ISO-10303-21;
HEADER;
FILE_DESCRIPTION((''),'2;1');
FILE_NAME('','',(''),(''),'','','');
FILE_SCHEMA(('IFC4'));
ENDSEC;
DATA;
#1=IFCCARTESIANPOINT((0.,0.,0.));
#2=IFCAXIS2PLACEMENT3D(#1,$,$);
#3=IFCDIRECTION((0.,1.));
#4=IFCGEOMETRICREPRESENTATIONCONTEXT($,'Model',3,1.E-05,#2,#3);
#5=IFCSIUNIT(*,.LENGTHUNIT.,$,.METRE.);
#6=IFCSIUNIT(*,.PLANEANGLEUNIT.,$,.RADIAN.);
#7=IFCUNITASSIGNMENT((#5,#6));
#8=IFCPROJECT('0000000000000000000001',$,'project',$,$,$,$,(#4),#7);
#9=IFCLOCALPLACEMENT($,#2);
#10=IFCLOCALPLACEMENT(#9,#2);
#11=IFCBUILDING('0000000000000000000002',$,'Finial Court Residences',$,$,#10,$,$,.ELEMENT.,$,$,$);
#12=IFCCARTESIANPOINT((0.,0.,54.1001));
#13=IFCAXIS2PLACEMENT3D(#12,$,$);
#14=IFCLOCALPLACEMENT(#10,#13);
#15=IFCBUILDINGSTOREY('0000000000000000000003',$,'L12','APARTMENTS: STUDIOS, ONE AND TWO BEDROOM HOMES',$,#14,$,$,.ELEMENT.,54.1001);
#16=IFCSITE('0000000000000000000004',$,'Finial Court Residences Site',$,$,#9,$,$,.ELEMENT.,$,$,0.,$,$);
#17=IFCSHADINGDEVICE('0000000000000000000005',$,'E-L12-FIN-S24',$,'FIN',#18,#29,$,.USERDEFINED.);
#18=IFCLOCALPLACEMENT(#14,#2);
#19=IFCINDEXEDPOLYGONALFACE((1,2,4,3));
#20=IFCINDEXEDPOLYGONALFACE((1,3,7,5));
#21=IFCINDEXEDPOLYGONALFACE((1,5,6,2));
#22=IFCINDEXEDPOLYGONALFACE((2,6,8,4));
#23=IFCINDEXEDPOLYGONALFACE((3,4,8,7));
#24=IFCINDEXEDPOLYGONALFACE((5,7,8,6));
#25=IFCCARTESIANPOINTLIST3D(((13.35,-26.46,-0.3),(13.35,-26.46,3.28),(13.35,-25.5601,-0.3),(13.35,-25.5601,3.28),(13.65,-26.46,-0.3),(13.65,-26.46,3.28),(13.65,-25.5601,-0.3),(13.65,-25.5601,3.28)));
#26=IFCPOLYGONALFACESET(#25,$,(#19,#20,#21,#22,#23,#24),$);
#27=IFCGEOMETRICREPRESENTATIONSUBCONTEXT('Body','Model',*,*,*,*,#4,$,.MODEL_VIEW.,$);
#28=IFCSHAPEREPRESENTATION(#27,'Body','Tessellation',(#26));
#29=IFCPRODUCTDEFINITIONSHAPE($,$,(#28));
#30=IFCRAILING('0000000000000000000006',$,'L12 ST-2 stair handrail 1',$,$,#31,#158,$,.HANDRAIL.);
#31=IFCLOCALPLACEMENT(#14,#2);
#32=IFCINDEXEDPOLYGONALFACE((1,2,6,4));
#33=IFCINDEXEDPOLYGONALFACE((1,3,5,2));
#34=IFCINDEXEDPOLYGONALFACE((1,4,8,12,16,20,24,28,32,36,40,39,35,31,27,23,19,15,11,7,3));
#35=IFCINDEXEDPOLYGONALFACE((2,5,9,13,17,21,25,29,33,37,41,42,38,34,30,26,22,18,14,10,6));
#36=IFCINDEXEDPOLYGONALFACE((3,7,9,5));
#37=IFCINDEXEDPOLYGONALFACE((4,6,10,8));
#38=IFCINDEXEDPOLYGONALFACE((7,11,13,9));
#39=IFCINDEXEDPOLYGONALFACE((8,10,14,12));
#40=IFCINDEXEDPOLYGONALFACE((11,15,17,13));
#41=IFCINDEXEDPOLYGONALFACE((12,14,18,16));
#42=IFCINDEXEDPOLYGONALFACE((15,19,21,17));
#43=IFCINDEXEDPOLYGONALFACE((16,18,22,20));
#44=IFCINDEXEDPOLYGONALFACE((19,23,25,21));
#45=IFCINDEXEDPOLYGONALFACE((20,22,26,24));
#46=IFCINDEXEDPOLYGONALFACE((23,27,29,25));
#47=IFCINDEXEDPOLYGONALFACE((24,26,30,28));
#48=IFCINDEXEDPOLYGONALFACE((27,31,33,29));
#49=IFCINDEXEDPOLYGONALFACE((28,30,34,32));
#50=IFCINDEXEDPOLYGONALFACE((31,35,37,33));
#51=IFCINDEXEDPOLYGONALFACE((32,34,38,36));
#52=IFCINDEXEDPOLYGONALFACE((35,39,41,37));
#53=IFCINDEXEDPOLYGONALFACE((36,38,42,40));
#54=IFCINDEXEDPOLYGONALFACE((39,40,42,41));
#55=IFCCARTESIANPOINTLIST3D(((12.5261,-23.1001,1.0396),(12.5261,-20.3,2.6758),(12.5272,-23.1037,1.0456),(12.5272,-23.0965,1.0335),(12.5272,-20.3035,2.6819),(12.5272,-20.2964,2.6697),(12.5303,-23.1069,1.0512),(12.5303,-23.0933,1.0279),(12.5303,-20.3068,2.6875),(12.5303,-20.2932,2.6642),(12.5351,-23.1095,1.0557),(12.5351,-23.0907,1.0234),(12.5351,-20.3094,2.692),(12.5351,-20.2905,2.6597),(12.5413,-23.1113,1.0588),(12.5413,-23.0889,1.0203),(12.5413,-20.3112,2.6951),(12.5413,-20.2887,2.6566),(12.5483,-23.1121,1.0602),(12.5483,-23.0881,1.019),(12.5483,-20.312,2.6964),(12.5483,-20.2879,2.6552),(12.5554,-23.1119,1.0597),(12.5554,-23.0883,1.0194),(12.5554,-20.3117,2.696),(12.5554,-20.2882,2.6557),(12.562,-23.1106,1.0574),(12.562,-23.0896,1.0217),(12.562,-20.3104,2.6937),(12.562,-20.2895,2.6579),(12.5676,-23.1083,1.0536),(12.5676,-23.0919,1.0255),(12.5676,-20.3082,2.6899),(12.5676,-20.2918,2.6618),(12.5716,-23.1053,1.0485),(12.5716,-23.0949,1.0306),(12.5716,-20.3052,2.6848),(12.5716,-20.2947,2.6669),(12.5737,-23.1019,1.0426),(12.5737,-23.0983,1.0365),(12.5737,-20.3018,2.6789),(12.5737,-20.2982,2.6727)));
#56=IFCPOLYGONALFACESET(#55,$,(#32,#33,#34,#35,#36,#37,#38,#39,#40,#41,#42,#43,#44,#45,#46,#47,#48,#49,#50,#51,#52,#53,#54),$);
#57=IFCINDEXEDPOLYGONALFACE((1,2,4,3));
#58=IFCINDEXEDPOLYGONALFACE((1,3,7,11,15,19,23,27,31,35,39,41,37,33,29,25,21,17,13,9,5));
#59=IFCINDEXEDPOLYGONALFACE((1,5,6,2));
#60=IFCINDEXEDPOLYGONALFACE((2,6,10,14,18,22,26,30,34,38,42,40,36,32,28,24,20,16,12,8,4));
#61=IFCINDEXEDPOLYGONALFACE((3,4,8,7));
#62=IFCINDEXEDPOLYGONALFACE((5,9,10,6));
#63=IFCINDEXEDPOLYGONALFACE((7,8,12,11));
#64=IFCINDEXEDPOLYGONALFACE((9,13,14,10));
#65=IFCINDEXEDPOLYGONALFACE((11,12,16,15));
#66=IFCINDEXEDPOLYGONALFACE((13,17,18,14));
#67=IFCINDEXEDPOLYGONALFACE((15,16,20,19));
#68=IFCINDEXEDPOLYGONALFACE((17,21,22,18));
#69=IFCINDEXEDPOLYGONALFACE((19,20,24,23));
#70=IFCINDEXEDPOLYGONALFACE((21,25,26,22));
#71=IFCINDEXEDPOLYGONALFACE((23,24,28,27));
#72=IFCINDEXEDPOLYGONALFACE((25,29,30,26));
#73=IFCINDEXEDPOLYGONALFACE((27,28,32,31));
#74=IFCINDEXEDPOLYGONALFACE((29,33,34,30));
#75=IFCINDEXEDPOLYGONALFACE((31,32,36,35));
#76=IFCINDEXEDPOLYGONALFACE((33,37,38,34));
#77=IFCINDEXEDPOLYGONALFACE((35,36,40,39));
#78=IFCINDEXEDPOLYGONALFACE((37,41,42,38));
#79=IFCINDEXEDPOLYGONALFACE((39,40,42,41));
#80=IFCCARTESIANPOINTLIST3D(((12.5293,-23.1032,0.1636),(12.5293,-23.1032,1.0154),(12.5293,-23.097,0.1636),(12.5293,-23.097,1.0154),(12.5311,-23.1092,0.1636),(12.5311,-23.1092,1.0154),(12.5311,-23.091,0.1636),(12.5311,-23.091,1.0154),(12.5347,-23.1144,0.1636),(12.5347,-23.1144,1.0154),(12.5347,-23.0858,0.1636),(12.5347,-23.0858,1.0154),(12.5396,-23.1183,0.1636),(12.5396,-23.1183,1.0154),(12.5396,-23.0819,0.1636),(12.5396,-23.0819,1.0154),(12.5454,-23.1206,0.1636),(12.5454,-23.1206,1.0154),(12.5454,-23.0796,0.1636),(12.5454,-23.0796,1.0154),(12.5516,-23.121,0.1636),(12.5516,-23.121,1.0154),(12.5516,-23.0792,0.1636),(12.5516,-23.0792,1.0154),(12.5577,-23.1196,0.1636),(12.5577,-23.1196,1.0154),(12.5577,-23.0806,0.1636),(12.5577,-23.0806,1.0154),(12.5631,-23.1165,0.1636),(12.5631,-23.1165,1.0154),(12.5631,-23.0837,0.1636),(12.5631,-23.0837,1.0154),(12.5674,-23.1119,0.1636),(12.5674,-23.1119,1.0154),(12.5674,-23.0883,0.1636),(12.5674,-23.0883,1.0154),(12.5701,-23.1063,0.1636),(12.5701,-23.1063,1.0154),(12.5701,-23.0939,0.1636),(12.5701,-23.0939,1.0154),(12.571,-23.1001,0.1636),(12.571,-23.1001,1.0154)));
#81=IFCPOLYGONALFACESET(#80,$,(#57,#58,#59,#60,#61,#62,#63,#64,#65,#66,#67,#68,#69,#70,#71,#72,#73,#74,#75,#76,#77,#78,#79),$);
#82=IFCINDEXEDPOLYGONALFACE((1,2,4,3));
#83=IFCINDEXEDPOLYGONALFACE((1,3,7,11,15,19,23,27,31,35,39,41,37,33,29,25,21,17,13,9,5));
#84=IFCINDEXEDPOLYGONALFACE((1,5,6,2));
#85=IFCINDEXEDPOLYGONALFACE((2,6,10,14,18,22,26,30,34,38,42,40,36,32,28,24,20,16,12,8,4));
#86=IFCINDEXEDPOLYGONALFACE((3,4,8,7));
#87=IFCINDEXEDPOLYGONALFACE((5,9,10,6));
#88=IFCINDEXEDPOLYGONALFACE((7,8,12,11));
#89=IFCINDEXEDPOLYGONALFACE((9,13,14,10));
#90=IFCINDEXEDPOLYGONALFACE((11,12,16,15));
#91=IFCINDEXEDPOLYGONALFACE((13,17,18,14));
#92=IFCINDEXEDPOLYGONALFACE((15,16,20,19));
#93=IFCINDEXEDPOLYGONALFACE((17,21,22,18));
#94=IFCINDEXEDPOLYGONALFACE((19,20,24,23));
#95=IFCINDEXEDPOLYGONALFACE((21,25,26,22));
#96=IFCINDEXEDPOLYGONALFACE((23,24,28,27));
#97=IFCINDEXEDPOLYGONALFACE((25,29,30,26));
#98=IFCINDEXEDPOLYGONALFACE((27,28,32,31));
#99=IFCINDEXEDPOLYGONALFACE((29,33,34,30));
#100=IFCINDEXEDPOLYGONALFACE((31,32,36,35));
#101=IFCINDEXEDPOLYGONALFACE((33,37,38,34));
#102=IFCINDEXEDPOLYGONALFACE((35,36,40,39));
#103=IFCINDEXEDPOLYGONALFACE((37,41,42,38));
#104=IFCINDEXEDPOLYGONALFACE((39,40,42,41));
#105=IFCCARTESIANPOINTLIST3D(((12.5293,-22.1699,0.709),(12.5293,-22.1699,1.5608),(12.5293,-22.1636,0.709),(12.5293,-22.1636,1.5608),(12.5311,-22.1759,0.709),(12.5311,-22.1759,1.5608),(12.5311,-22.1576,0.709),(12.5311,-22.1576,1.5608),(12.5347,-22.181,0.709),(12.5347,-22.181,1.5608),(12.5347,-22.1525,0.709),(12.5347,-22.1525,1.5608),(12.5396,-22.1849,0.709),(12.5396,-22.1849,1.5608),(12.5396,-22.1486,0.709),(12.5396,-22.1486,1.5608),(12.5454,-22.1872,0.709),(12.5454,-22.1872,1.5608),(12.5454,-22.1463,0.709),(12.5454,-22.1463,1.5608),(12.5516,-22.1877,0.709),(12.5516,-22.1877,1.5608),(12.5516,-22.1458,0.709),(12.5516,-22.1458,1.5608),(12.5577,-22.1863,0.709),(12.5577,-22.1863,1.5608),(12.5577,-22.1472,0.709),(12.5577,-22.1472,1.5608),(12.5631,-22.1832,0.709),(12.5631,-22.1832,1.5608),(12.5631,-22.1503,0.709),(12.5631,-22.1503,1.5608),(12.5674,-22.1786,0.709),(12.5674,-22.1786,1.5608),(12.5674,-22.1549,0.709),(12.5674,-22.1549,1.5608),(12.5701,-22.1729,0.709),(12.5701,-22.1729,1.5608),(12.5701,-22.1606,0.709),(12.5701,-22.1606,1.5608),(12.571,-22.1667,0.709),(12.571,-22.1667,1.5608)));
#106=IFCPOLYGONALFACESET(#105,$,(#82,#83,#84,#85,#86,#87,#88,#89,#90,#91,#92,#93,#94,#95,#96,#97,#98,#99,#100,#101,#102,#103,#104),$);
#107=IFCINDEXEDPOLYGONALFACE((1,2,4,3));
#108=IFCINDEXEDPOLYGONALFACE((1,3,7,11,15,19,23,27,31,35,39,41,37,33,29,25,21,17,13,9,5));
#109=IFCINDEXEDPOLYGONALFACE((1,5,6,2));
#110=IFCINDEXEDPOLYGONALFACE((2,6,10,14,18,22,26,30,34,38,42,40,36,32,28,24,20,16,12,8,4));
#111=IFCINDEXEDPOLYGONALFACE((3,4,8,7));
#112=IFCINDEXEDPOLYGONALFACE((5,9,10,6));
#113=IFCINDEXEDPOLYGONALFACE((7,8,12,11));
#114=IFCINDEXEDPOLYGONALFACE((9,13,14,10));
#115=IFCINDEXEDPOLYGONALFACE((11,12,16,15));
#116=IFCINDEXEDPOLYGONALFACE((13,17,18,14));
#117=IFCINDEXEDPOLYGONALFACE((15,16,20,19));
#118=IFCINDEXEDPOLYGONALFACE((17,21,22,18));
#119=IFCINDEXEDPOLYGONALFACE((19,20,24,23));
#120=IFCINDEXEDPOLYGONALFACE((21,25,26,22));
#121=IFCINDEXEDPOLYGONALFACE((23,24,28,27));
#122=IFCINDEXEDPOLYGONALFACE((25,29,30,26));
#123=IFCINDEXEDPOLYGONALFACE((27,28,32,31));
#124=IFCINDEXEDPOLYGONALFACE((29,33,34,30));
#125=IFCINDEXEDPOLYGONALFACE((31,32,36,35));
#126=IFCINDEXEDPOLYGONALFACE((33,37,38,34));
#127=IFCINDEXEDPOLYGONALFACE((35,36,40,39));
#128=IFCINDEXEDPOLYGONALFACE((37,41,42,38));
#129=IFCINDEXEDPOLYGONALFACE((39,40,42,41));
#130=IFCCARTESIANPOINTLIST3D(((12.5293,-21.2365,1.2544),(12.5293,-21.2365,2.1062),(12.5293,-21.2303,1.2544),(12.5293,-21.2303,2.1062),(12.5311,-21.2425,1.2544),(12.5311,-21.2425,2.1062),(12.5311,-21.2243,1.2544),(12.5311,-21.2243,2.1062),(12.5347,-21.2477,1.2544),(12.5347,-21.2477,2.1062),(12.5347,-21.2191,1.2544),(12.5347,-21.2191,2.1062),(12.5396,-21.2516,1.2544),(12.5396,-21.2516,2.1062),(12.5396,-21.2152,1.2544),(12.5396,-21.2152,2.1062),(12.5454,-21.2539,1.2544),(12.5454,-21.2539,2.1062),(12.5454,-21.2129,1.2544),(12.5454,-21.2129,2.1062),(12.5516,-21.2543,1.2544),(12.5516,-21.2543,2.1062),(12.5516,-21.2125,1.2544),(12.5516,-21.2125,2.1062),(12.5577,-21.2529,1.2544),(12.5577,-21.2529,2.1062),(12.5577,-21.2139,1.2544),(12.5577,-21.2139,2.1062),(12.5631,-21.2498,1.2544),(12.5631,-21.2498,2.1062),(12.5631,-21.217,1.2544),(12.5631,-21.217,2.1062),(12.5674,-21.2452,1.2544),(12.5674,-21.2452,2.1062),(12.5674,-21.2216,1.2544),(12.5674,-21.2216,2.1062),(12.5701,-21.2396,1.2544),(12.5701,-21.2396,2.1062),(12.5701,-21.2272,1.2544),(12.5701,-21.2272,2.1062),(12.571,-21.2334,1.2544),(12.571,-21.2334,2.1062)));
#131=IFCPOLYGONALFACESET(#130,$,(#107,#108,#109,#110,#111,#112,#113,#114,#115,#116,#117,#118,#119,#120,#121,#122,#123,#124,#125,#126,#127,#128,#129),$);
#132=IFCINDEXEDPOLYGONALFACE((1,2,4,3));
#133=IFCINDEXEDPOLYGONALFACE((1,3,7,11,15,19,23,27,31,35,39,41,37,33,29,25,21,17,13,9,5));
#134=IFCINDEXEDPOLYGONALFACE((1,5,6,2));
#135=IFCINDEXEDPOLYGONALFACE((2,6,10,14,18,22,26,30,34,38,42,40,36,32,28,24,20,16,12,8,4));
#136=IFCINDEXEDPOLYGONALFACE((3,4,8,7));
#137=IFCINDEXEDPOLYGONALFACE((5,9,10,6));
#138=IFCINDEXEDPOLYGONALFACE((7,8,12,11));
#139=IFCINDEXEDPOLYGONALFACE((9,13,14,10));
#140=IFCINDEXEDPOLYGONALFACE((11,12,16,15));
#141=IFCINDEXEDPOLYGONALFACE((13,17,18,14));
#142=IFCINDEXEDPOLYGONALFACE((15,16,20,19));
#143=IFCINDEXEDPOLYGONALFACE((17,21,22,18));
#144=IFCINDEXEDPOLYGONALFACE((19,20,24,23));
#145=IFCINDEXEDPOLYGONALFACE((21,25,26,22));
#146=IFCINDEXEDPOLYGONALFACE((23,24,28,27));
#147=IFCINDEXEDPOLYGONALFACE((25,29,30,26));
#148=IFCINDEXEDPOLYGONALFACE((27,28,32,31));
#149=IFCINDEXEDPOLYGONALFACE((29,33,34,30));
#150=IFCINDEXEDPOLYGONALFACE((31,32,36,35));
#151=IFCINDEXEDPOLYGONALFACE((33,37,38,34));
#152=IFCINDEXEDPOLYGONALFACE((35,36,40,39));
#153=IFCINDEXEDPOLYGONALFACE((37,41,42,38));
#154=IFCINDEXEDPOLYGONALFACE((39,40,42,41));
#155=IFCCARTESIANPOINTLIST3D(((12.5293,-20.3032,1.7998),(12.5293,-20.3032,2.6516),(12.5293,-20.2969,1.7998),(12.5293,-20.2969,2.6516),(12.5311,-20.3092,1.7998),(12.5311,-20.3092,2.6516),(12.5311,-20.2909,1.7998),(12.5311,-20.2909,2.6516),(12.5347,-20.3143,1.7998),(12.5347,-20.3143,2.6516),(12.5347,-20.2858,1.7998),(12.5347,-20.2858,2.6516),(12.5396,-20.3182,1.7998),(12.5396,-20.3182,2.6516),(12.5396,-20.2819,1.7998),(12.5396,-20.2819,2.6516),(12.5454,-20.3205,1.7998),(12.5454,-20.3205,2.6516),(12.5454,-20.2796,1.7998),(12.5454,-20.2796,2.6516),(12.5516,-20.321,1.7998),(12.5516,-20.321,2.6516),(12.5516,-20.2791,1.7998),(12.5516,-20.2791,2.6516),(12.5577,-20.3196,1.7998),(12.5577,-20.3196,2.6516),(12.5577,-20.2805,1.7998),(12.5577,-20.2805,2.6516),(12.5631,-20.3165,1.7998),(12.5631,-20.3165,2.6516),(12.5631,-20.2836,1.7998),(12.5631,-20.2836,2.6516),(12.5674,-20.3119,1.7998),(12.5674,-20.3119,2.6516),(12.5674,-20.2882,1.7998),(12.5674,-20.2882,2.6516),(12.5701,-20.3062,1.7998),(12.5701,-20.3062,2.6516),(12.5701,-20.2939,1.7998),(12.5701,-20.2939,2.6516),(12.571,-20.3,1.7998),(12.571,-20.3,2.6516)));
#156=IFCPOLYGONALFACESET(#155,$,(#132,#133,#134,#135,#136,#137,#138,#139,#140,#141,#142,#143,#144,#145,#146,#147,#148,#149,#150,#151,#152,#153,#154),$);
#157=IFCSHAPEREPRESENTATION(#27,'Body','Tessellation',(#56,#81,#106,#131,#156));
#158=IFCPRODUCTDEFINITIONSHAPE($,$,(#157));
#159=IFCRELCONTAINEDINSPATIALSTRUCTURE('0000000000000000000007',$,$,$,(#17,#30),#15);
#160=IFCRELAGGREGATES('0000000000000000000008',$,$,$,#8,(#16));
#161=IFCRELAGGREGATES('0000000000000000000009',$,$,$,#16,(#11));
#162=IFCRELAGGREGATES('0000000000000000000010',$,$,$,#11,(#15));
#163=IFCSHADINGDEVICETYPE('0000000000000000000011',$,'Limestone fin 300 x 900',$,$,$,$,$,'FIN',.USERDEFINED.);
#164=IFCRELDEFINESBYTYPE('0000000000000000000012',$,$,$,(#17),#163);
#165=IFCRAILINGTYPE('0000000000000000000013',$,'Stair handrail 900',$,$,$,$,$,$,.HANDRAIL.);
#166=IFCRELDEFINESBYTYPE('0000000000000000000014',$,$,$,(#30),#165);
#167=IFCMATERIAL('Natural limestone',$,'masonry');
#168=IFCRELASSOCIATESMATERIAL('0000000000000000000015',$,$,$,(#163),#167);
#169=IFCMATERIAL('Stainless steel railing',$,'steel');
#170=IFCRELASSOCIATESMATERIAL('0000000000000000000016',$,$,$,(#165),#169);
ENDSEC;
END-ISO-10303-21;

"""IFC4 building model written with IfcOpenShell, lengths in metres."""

from ifc_helpers import new_model, si_unit, direction, frame, origin, origin_2d, place, context, subcontext, project, spatial, rectangle, circle, extrude, material, type_object, element, save


model = new_model("IFC4")

# Units and contexts
model_context = context("Model", 3, precision=1e-05, world=origin(), true_north=direction((0.0, 1.0)))
body_context = subcontext(model_context, "Body", "Model", "MODEL_VIEW")
ifc_project = project(units=[si_unit("LENGTHUNIT", "METRE"), si_unit("PLANEANGLEUNIT", "RADIAN")], contexts=[model_context])

# Site, building, storey
site_placement = place(None, origin())
site = spatial("IfcSite", under=ifc_project, at=site_placement, Name="Finial Court Residences Site", CompositionType="ELEMENT", RefElevation=0.0)
building_placement = place(site_placement, origin())
building = spatial("IfcBuilding", under=site, at=building_placement, Name="Finial Court Residences", CompositionType="ELEMENT")
storey_placement = place(building_placement, frame((0.0, 0.0, 54.1001)))
storey = spatial("IfcBuildingStorey", under=building, at=storey_placement, Name="L12", Description="APARTMENTS: STUDIOS, ONE AND TWO BEDROOM HOMES", CompositionType="ELEMENT", Elevation=54.1001)

# Shading device
ifc_material_1 = material(Name="Natural limestone", Category="masonry")
shading_device_type = type_object("IfcShadingDeviceType", Name="Limestone fin 300 x 900", ElementType="FIN", PredefinedType="USERDEFINED", material=ifc_material_1)
for number, where, z_axis, x_axis, name in (
    (1, (13.5, -26.01, -0.3), (0.0, 0.0, 1.0), (1.0, 0.0, 0.0), "E-L12-FIN-S24"),
):
    element("IfcShadingDevice", number, at=place(storey_placement, frame(where, z_axis=z_axis, x_axis=x_axis)), inside=storey, type_object=shading_device_type, Name=name, ObjectType="FIN", PredefinedType="USERDEFINED", context=body_context, shape_type="SweptSolid", body=[
        extrude(rectangle(XDim=0.3, YDim=0.8999, at=origin_2d()), origin(), (0.0, 0.0, 1.0), 3.5801),
    ])

# Railing
ifc_material_2 = material(Name="Stainless steel railing", Category="steel")
railing_type_1 = type_object("IfcRailingType", Name="Stair handrail 900", PredefinedType="HANDRAIL", material=ifc_material_2)
railing_1_placement = place(storey_placement, frame((12.55, -23.1001, 0.1636)))
element("IfcRailing", 2, at=railing_1_placement, inside=storey, type_object=railing_type_1, Name="L12 ST-2 stair handrail 1", PredefinedType="HANDRAIL", context=body_context, shape_type="SweptSolid", body=[
    extrude(circle(Radius=0.0239, at=origin_2d()), frame((0.0, 0.0, 0.876), z_axis=(0.0, 0.863394, 0.504531), x_axis=(-1.0, 0.0, 0.0)), (0.0, 0.0, 1.0), 3.2432),
    extrude(circle(Radius=0.021, at=origin_2d()), origin(), (0.0, 0.0, 1.0), 0.8518),
    extrude(circle(Radius=0.021, at=origin_2d()), frame((0.0, 0.9333, 0.5454)), (0.0, 0.0, 1.0), 0.8518),
    extrude(circle(Radius=0.021, at=origin_2d()), frame((0.0, 1.8667, 1.0908)), (0.0, 0.0, 1.0), 0.8518),
    extrude(circle(Radius=0.021, at=origin_2d()), frame((0.0, 2.8, 1.6362)), (0.0, 0.0, 1.0), 0.8518),
])

save(model, "model.ifc")
